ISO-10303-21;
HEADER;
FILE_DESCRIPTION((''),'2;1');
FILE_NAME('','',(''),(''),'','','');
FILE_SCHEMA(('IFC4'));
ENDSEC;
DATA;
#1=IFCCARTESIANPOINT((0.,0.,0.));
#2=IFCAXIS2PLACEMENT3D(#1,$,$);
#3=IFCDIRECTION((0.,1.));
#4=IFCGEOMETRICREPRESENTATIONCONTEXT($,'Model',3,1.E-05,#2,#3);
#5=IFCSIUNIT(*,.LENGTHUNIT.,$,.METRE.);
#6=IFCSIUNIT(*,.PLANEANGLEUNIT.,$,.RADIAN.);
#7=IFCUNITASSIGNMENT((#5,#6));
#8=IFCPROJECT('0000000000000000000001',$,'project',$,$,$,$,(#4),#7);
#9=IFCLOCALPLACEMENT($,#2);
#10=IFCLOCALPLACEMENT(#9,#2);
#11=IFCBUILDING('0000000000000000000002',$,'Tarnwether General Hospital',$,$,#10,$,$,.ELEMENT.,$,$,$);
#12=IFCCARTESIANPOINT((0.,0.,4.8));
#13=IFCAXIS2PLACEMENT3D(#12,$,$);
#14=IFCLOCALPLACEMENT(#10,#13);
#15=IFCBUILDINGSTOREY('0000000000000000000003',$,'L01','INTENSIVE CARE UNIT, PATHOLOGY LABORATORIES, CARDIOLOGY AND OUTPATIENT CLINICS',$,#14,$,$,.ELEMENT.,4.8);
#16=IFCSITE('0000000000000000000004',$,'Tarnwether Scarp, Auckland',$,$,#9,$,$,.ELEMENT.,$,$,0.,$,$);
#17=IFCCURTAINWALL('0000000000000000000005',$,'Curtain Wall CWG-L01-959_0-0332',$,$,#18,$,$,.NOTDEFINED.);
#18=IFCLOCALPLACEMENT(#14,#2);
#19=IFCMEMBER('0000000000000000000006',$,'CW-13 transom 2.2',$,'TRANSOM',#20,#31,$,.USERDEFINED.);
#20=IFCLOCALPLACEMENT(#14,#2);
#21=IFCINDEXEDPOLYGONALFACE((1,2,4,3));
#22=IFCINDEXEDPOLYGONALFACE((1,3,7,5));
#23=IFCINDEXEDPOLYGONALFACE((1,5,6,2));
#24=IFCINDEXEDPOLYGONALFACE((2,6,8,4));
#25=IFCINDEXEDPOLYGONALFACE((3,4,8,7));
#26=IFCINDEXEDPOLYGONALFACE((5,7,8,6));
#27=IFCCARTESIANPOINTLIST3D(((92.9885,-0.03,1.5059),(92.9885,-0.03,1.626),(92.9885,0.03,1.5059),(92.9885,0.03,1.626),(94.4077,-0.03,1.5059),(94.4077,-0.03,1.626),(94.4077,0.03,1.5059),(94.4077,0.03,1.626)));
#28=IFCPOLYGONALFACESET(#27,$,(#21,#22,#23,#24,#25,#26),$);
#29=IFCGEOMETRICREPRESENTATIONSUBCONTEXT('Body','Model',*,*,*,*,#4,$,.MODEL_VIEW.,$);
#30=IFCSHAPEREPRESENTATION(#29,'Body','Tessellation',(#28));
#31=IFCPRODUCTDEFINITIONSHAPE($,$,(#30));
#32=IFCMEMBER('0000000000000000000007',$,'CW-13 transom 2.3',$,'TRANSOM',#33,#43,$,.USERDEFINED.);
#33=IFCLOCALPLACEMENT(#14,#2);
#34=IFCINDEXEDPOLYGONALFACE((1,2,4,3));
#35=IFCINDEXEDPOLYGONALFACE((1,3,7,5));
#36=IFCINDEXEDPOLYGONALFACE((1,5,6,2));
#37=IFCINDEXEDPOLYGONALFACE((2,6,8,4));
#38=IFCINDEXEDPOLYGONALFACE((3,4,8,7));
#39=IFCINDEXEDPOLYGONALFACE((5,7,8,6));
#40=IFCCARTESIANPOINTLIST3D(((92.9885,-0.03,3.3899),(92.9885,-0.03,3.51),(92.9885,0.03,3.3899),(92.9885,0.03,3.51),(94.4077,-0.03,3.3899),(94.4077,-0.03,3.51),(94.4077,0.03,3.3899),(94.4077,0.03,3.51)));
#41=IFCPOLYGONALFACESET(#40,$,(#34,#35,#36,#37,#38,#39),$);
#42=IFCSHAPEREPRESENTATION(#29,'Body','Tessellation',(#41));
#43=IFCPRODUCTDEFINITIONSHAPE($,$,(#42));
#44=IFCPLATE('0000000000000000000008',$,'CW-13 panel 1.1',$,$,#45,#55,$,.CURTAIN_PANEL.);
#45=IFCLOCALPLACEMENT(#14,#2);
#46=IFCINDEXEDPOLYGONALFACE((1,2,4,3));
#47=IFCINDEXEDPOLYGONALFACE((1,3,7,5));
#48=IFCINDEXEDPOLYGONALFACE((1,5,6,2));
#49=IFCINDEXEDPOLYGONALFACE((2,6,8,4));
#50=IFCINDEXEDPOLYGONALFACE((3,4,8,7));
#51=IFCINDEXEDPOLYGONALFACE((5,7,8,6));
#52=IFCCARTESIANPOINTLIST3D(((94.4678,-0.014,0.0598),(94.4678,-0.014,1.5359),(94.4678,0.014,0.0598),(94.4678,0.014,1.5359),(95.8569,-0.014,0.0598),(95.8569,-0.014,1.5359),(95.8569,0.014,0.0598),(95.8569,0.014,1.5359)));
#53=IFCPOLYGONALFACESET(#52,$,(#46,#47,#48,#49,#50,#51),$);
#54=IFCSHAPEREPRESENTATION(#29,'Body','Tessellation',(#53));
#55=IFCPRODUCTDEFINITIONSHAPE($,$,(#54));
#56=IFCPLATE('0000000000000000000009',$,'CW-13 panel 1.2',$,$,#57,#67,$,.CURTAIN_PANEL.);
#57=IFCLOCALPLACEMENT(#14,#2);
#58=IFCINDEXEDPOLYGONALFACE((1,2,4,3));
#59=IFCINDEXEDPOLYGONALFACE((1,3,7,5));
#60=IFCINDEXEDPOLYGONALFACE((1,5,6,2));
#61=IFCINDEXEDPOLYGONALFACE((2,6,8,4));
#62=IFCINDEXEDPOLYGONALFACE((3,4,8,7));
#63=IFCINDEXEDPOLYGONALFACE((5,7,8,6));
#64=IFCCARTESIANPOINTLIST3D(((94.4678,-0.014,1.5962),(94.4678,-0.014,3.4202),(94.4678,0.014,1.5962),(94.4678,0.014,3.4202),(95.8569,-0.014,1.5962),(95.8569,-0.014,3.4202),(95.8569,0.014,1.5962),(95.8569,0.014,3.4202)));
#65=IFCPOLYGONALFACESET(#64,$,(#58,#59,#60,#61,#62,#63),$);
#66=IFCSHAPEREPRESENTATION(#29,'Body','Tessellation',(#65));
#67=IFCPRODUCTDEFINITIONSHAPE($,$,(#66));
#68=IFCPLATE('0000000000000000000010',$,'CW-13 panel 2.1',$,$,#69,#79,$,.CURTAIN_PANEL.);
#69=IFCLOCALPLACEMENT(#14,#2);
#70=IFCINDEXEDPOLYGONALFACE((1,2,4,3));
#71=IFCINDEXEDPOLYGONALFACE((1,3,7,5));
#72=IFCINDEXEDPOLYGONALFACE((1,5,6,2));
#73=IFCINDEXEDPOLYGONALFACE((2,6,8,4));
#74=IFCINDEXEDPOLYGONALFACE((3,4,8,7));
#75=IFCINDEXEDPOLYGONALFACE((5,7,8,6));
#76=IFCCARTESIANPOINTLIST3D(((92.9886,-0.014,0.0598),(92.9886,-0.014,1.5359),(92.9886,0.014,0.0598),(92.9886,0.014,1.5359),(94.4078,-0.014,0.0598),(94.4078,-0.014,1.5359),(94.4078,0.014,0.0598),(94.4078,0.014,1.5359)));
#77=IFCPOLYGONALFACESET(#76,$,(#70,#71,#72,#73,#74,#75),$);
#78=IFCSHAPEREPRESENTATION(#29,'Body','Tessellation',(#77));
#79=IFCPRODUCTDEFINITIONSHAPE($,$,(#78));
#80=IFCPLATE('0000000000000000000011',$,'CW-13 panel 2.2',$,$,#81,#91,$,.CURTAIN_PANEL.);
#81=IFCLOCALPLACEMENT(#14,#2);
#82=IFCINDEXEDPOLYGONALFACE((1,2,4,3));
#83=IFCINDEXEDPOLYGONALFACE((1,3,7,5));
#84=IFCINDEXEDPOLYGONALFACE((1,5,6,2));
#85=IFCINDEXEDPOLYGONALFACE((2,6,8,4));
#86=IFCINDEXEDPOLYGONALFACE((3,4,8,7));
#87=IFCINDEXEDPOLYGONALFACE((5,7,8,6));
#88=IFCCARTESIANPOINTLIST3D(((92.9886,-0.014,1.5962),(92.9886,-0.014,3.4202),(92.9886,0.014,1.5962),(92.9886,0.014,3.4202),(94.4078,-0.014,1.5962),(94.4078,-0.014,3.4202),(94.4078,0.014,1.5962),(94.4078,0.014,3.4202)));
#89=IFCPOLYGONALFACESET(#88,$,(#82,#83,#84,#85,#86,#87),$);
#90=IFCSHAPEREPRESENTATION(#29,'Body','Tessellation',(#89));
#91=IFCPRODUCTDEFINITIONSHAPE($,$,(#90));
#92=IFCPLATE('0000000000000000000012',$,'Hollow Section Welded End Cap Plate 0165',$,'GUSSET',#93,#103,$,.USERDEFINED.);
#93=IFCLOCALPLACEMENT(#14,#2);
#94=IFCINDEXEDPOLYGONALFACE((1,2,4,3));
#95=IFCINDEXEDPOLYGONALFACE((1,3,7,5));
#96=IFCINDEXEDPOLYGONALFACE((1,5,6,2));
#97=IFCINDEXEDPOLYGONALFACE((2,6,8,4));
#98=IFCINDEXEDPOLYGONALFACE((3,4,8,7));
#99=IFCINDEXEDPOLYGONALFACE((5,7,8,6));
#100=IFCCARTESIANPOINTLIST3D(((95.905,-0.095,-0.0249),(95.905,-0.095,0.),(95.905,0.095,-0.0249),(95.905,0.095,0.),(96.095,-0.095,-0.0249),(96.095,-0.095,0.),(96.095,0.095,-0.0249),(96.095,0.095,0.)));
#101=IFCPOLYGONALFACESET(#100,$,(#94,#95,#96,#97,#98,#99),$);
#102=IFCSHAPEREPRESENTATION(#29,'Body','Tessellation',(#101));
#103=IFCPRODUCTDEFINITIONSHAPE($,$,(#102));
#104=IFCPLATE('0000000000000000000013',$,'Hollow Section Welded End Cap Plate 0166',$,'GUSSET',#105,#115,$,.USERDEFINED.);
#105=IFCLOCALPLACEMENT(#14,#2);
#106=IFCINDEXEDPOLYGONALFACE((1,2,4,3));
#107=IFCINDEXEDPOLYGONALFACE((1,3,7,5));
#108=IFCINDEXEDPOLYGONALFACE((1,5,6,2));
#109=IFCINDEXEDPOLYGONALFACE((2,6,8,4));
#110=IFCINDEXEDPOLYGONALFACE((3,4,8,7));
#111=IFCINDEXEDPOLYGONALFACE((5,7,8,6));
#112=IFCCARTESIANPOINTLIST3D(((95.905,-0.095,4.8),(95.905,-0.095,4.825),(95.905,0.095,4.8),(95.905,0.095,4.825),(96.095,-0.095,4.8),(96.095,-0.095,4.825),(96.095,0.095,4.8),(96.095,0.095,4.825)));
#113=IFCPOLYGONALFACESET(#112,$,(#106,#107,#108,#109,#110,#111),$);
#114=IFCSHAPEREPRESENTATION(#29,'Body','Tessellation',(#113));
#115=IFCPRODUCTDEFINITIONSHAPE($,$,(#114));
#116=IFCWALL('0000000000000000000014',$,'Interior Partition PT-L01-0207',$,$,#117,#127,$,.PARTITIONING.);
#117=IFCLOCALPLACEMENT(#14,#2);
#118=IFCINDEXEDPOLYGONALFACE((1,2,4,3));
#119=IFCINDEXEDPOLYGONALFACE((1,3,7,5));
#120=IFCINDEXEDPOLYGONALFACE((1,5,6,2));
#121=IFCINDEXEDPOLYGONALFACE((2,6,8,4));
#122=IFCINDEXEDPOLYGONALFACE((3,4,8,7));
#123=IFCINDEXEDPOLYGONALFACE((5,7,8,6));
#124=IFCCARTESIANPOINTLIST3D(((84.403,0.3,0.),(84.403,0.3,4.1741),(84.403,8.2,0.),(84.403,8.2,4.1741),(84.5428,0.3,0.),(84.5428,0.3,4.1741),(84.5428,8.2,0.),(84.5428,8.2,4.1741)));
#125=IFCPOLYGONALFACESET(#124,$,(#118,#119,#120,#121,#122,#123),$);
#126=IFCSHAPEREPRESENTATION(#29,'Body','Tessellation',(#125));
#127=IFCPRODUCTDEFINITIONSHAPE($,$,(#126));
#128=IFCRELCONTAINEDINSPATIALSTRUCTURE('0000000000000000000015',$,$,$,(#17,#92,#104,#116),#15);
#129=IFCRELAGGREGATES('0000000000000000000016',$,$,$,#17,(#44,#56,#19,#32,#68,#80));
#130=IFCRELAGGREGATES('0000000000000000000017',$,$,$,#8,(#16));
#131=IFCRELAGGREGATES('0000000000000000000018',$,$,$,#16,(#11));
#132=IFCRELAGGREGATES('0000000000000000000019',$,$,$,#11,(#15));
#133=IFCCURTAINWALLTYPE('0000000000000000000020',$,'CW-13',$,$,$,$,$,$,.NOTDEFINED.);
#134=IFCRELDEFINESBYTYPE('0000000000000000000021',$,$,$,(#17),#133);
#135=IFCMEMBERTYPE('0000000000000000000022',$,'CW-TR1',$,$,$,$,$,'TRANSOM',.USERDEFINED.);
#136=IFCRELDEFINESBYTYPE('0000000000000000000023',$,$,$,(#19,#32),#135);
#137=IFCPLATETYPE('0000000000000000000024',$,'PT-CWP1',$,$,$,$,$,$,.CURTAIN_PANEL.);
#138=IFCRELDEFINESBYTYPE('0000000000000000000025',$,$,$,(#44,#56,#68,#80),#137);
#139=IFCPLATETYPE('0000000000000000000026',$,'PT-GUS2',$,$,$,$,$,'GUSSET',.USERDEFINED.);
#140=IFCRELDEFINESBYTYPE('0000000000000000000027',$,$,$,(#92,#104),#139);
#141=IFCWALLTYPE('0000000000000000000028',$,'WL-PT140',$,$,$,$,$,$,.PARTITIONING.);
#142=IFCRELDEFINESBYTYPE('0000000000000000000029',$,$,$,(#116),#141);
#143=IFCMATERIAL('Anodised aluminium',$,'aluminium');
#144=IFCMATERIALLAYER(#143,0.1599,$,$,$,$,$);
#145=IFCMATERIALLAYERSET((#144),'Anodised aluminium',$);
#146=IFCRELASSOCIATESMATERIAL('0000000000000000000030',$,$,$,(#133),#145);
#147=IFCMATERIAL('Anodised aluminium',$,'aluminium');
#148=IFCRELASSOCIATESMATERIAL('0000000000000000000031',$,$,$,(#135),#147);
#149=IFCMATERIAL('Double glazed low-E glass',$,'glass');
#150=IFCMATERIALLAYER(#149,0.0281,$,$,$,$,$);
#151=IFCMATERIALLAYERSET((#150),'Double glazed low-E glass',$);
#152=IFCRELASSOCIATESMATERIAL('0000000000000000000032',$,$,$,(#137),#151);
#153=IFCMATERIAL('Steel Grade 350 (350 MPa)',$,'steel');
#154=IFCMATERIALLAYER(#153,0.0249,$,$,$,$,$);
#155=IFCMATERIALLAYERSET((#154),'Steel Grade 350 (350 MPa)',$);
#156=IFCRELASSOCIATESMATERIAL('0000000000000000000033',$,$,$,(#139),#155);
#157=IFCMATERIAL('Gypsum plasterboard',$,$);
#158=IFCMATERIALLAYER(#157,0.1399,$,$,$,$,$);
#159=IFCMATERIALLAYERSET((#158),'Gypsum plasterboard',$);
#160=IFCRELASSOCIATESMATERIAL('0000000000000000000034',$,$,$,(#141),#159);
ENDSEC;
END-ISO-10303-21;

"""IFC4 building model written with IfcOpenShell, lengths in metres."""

from ifc_helpers import new_model, si_unit, direction, frame, frame_2d, origin, origin_2d, place, context, subcontext, project, spatial, rectangle, extrude, material, layer, layer_set, material_profile, profile_set, type_object, element, aggregate, save


model = new_model("IFC4")

# Units and contexts
model_context = context("Model", 3, precision=1e-05, world=origin(), true_north=direction((0.0, 1.0)))
body_context = subcontext(model_context, "Body", "Model", "MODEL_VIEW")
ifc_project = project(units=[si_unit("LENGTHUNIT", "METRE"), si_unit("PLANEANGLEUNIT", "RADIAN")], contexts=[model_context])

# Site, building, storey
site_placement = place(None, origin())
site = spatial("IfcSite", under=ifc_project, at=site_placement, Name="Tarnwether Scarp, Auckland", CompositionType="ELEMENT", RefElevation=0.0)
building_placement = place(site_placement, origin())
building = spatial("IfcBuilding", under=site, at=building_placement, Name="Tarnwether General Hospital", CompositionType="ELEMENT")
storey_placement = place(building_placement, frame((0.0, 0.0, 4.8)))
storey = spatial("IfcBuildingStorey", under=building, at=storey_placement, Name="L01", Description="INTENSIVE CARE UNIT, PATHOLOGY LABORATORIES, CARDIOLOGY AND OUTPATIENT CLINICS", CompositionType="ELEMENT", Elevation=4.8)

# Curtain wall, members, plates
ifc_material_1 = material(Name="Anodised aluminium", Category="aluminium")
ifc_layer_1 = layer(ifc_material_1, 0.1599)
ifc_layer_set_1 = layer_set([ifc_layer_1], Name="Anodised aluminium")
curtain_wall_type = type_object("IfcCurtainWallType", Name="CW-13", PredefinedType="NOTDEFINED", material=ifc_layer_set_1)
curtain_wall_placement = place(storey_placement, origin())
curtain_wall = element("IfcCurtainWall", 1, at=curtain_wall_placement, inside=storey, type_object=curtain_wall_type, Name="Curtain Wall CWG-L01-959_0-0332", PredefinedType="NOTDEFINED")
ifc_material_2 = material(Name="Anodised aluminium", Category="aluminium")
ifc_material_profile_1 = material_profile(ifc_material_2, rectangle(XDim=0.0601, YDim=0.1201, at=origin_2d()), Name="ALU-TRN-60x120")
ifc_profile_set_1 = profile_set([ifc_material_profile_1], Name="Anodised aluminium")
member_type_1 = type_object("IfcMemberType", Name="CW-TR1", ElementType="TRANSOM", PredefinedType="USERDEFINED", material=ifc_profile_set_1)
member_1_placement = place(storey_placement, frame((94.4077, 0.0, 1.5659), z_axis=(-1.0, 0.0, 0.0), x_axis=(0.0, -1.0, 0.0)))
member_1 = element("IfcMember", 2, at=member_1_placement, type_object=member_type_1, Name="CW-13 transom 2.2", ObjectType="TRANSOM", PredefinedType="USERDEFINED", context=body_context, shape_type="SweptSolid", body=[
    extrude(rectangle(XDim=0.0601, YDim=0.1201, at=origin_2d()), origin(), (0.0, 0.0, 1.0), 1.4192),
])
member_2_placement = place(storey_placement, frame((94.4077, 0.0, 3.45), z_axis=(-1.0, 0.0, 0.0), x_axis=(0.0, -1.0, 0.0)))
member_2 = element("IfcMember", 3, at=member_2_placement, type_object=member_type_1, Name="CW-13 transom 2.3", ObjectType="TRANSOM", PredefinedType="USERDEFINED", context=body_context, shape_type="SweptSolid", body=[
    extrude(rectangle(XDim=0.0601, YDim=0.1201, at=origin_2d()), origin(), (0.0, 0.0, 1.0), 1.4192),
])
ifc_material_3 = material(Name="Double glazed low-E glass", Category="glass")
ifc_layer_2 = layer(ifc_material_3, 0.0281)
ifc_layer_set_2 = layer_set([ifc_layer_2], Name="Double glazed low-E glass")
plate_type_1 = type_object("IfcPlateType", Name="PT-CWP1", PredefinedType="CURTAIN_PANEL", material=ifc_layer_set_2)
plate_1_placement = place(storey_placement, frame((95.1624, 0.0, 0.0598), z_axis=(0.0, 0.0, 1.0), x_axis=(-1.0, 0.0, 0.0)))
plate_1 = element("IfcPlate", 4, at=plate_1_placement, type_object=plate_type_1, Name="CW-13 panel 1.1", PredefinedType="CURTAIN_PANEL", context=body_context, shape_type="SweptSolid", body=[
    extrude(rectangle(XDim=1.3892, YDim=0.0281, at=origin_2d()), origin(), (0.0, 0.0, 1.0), 1.4761),
])
plate_2_placement = place(storey_placement, frame((95.1624, 0.0, 1.5962), z_axis=(0.0, 0.0, 1.0), x_axis=(-1.0, 0.0, 0.0)))
plate_2 = element("IfcPlate", 5, at=plate_2_placement, type_object=plate_type_1, Name="CW-13 panel 1.2", PredefinedType="CURTAIN_PANEL", context=body_context, shape_type="SweptSolid", body=[
    extrude(rectangle(XDim=1.3892, YDim=0.0281, at=origin_2d()), origin(), (0.0, 0.0, 1.0), 1.824),
])
plate_3_placement = place(storey_placement, frame((93.6982, 0.0, 0.0598), z_axis=(0.0, 0.0, 1.0), x_axis=(-1.0, 0.0, 0.0)))
plate_3 = element("IfcPlate", 6, at=plate_3_placement, type_object=plate_type_1, Name="CW-13 panel 2.1", PredefinedType="CURTAIN_PANEL", context=body_context, shape_type="SweptSolid", body=[
    extrude(rectangle(XDim=1.4192, YDim=0.0281, at=origin_2d()), origin(), (0.0, 0.0, 1.0), 1.4761),
])
plate_4_placement = place(storey_placement, frame((93.6982, 0.0, 1.5962), z_axis=(0.0, 0.0, 1.0), x_axis=(-1.0, 0.0, 0.0)))
plate_4 = element("IfcPlate", 7, at=plate_4_placement, type_object=plate_type_1, Name="CW-13 panel 2.2", PredefinedType="CURTAIN_PANEL", context=body_context, shape_type="SweptSolid", body=[
    extrude(rectangle(XDim=1.4192, YDim=0.0281, at=origin_2d()), origin(), (0.0, 0.0, 1.0), 1.824),
])
aggregate(curtain_wall, [plate_1, plate_2, member_1, member_2, plate_3, plate_4])

# Plates
ifc_material_4 = material(Name="Steel Grade 350 (350 MPa)", Category="steel")
ifc_layer_3 = layer(ifc_material_4, 0.0249)
ifc_layer_set_3 = layer_set([ifc_layer_3], Name="Steel Grade 350 (350 MPa)")
plate_type_2 = type_object("IfcPlateType", Name="PT-GUS2", ElementType="GUSSET", PredefinedType="USERDEFINED", material=ifc_layer_set_3)
for number, where, z_axis, x_axis, name in (
    (8, (96.0, 0.0, -0.0249), (0.0, 0.0, 1.0), (1.0, 0.0, 0.0), "Hollow Section Welded End Cap Plate 0165"),
    (9, (96.0, 0.0, 4.8), (0.0, 0.0, 1.0), (1.0, 0.0, 0.0), "Hollow Section Welded End Cap Plate 0166"),
):
    element("IfcPlate", number, at=place(storey_placement, frame(where, z_axis=z_axis, x_axis=x_axis)), inside=storey, type_object=plate_type_2, Name=name, ObjectType="GUSSET", PredefinedType="USERDEFINED", context=body_context, shape_type="SweptSolid", body=[
        extrude(rectangle(XDim=0.1899, YDim=0.1899, at=origin_2d()), origin(), (0.0, 0.0, 1.0), 0.0249),
    ])

# Wall
ifc_material_5 = material(Name="Gypsum plasterboard")
ifc_layer_4 = layer(ifc_material_5, 0.1399)
ifc_layer_set_4 = layer_set([ifc_layer_4], Name="Gypsum plasterboard")
wall_type = type_object("IfcWallType", Name="WL-PT140", PredefinedType="PARTITIONING", material=ifc_layer_set_4)
wall_placement = place(storey_placement, frame((84.4729, 0.3, 0.0), z_axis=(0.0, 0.0, 1.0), x_axis=(0.0, 1.0, 0.0)))
element("IfcWall", 10, at=wall_placement, inside=storey, type_object=wall_type, Name="Interior Partition PT-L01-0207", PredefinedType="PARTITIONING", context=body_context, shape_type="SweptSolid", body=[
    extrude(rectangle(XDim=7.8999, YDim=0.1399, at=frame_2d((3.95, 0.0))), origin(), (0.0, 0.0, 1.0), 4.1741),
])

save(model, "model.ifc")
